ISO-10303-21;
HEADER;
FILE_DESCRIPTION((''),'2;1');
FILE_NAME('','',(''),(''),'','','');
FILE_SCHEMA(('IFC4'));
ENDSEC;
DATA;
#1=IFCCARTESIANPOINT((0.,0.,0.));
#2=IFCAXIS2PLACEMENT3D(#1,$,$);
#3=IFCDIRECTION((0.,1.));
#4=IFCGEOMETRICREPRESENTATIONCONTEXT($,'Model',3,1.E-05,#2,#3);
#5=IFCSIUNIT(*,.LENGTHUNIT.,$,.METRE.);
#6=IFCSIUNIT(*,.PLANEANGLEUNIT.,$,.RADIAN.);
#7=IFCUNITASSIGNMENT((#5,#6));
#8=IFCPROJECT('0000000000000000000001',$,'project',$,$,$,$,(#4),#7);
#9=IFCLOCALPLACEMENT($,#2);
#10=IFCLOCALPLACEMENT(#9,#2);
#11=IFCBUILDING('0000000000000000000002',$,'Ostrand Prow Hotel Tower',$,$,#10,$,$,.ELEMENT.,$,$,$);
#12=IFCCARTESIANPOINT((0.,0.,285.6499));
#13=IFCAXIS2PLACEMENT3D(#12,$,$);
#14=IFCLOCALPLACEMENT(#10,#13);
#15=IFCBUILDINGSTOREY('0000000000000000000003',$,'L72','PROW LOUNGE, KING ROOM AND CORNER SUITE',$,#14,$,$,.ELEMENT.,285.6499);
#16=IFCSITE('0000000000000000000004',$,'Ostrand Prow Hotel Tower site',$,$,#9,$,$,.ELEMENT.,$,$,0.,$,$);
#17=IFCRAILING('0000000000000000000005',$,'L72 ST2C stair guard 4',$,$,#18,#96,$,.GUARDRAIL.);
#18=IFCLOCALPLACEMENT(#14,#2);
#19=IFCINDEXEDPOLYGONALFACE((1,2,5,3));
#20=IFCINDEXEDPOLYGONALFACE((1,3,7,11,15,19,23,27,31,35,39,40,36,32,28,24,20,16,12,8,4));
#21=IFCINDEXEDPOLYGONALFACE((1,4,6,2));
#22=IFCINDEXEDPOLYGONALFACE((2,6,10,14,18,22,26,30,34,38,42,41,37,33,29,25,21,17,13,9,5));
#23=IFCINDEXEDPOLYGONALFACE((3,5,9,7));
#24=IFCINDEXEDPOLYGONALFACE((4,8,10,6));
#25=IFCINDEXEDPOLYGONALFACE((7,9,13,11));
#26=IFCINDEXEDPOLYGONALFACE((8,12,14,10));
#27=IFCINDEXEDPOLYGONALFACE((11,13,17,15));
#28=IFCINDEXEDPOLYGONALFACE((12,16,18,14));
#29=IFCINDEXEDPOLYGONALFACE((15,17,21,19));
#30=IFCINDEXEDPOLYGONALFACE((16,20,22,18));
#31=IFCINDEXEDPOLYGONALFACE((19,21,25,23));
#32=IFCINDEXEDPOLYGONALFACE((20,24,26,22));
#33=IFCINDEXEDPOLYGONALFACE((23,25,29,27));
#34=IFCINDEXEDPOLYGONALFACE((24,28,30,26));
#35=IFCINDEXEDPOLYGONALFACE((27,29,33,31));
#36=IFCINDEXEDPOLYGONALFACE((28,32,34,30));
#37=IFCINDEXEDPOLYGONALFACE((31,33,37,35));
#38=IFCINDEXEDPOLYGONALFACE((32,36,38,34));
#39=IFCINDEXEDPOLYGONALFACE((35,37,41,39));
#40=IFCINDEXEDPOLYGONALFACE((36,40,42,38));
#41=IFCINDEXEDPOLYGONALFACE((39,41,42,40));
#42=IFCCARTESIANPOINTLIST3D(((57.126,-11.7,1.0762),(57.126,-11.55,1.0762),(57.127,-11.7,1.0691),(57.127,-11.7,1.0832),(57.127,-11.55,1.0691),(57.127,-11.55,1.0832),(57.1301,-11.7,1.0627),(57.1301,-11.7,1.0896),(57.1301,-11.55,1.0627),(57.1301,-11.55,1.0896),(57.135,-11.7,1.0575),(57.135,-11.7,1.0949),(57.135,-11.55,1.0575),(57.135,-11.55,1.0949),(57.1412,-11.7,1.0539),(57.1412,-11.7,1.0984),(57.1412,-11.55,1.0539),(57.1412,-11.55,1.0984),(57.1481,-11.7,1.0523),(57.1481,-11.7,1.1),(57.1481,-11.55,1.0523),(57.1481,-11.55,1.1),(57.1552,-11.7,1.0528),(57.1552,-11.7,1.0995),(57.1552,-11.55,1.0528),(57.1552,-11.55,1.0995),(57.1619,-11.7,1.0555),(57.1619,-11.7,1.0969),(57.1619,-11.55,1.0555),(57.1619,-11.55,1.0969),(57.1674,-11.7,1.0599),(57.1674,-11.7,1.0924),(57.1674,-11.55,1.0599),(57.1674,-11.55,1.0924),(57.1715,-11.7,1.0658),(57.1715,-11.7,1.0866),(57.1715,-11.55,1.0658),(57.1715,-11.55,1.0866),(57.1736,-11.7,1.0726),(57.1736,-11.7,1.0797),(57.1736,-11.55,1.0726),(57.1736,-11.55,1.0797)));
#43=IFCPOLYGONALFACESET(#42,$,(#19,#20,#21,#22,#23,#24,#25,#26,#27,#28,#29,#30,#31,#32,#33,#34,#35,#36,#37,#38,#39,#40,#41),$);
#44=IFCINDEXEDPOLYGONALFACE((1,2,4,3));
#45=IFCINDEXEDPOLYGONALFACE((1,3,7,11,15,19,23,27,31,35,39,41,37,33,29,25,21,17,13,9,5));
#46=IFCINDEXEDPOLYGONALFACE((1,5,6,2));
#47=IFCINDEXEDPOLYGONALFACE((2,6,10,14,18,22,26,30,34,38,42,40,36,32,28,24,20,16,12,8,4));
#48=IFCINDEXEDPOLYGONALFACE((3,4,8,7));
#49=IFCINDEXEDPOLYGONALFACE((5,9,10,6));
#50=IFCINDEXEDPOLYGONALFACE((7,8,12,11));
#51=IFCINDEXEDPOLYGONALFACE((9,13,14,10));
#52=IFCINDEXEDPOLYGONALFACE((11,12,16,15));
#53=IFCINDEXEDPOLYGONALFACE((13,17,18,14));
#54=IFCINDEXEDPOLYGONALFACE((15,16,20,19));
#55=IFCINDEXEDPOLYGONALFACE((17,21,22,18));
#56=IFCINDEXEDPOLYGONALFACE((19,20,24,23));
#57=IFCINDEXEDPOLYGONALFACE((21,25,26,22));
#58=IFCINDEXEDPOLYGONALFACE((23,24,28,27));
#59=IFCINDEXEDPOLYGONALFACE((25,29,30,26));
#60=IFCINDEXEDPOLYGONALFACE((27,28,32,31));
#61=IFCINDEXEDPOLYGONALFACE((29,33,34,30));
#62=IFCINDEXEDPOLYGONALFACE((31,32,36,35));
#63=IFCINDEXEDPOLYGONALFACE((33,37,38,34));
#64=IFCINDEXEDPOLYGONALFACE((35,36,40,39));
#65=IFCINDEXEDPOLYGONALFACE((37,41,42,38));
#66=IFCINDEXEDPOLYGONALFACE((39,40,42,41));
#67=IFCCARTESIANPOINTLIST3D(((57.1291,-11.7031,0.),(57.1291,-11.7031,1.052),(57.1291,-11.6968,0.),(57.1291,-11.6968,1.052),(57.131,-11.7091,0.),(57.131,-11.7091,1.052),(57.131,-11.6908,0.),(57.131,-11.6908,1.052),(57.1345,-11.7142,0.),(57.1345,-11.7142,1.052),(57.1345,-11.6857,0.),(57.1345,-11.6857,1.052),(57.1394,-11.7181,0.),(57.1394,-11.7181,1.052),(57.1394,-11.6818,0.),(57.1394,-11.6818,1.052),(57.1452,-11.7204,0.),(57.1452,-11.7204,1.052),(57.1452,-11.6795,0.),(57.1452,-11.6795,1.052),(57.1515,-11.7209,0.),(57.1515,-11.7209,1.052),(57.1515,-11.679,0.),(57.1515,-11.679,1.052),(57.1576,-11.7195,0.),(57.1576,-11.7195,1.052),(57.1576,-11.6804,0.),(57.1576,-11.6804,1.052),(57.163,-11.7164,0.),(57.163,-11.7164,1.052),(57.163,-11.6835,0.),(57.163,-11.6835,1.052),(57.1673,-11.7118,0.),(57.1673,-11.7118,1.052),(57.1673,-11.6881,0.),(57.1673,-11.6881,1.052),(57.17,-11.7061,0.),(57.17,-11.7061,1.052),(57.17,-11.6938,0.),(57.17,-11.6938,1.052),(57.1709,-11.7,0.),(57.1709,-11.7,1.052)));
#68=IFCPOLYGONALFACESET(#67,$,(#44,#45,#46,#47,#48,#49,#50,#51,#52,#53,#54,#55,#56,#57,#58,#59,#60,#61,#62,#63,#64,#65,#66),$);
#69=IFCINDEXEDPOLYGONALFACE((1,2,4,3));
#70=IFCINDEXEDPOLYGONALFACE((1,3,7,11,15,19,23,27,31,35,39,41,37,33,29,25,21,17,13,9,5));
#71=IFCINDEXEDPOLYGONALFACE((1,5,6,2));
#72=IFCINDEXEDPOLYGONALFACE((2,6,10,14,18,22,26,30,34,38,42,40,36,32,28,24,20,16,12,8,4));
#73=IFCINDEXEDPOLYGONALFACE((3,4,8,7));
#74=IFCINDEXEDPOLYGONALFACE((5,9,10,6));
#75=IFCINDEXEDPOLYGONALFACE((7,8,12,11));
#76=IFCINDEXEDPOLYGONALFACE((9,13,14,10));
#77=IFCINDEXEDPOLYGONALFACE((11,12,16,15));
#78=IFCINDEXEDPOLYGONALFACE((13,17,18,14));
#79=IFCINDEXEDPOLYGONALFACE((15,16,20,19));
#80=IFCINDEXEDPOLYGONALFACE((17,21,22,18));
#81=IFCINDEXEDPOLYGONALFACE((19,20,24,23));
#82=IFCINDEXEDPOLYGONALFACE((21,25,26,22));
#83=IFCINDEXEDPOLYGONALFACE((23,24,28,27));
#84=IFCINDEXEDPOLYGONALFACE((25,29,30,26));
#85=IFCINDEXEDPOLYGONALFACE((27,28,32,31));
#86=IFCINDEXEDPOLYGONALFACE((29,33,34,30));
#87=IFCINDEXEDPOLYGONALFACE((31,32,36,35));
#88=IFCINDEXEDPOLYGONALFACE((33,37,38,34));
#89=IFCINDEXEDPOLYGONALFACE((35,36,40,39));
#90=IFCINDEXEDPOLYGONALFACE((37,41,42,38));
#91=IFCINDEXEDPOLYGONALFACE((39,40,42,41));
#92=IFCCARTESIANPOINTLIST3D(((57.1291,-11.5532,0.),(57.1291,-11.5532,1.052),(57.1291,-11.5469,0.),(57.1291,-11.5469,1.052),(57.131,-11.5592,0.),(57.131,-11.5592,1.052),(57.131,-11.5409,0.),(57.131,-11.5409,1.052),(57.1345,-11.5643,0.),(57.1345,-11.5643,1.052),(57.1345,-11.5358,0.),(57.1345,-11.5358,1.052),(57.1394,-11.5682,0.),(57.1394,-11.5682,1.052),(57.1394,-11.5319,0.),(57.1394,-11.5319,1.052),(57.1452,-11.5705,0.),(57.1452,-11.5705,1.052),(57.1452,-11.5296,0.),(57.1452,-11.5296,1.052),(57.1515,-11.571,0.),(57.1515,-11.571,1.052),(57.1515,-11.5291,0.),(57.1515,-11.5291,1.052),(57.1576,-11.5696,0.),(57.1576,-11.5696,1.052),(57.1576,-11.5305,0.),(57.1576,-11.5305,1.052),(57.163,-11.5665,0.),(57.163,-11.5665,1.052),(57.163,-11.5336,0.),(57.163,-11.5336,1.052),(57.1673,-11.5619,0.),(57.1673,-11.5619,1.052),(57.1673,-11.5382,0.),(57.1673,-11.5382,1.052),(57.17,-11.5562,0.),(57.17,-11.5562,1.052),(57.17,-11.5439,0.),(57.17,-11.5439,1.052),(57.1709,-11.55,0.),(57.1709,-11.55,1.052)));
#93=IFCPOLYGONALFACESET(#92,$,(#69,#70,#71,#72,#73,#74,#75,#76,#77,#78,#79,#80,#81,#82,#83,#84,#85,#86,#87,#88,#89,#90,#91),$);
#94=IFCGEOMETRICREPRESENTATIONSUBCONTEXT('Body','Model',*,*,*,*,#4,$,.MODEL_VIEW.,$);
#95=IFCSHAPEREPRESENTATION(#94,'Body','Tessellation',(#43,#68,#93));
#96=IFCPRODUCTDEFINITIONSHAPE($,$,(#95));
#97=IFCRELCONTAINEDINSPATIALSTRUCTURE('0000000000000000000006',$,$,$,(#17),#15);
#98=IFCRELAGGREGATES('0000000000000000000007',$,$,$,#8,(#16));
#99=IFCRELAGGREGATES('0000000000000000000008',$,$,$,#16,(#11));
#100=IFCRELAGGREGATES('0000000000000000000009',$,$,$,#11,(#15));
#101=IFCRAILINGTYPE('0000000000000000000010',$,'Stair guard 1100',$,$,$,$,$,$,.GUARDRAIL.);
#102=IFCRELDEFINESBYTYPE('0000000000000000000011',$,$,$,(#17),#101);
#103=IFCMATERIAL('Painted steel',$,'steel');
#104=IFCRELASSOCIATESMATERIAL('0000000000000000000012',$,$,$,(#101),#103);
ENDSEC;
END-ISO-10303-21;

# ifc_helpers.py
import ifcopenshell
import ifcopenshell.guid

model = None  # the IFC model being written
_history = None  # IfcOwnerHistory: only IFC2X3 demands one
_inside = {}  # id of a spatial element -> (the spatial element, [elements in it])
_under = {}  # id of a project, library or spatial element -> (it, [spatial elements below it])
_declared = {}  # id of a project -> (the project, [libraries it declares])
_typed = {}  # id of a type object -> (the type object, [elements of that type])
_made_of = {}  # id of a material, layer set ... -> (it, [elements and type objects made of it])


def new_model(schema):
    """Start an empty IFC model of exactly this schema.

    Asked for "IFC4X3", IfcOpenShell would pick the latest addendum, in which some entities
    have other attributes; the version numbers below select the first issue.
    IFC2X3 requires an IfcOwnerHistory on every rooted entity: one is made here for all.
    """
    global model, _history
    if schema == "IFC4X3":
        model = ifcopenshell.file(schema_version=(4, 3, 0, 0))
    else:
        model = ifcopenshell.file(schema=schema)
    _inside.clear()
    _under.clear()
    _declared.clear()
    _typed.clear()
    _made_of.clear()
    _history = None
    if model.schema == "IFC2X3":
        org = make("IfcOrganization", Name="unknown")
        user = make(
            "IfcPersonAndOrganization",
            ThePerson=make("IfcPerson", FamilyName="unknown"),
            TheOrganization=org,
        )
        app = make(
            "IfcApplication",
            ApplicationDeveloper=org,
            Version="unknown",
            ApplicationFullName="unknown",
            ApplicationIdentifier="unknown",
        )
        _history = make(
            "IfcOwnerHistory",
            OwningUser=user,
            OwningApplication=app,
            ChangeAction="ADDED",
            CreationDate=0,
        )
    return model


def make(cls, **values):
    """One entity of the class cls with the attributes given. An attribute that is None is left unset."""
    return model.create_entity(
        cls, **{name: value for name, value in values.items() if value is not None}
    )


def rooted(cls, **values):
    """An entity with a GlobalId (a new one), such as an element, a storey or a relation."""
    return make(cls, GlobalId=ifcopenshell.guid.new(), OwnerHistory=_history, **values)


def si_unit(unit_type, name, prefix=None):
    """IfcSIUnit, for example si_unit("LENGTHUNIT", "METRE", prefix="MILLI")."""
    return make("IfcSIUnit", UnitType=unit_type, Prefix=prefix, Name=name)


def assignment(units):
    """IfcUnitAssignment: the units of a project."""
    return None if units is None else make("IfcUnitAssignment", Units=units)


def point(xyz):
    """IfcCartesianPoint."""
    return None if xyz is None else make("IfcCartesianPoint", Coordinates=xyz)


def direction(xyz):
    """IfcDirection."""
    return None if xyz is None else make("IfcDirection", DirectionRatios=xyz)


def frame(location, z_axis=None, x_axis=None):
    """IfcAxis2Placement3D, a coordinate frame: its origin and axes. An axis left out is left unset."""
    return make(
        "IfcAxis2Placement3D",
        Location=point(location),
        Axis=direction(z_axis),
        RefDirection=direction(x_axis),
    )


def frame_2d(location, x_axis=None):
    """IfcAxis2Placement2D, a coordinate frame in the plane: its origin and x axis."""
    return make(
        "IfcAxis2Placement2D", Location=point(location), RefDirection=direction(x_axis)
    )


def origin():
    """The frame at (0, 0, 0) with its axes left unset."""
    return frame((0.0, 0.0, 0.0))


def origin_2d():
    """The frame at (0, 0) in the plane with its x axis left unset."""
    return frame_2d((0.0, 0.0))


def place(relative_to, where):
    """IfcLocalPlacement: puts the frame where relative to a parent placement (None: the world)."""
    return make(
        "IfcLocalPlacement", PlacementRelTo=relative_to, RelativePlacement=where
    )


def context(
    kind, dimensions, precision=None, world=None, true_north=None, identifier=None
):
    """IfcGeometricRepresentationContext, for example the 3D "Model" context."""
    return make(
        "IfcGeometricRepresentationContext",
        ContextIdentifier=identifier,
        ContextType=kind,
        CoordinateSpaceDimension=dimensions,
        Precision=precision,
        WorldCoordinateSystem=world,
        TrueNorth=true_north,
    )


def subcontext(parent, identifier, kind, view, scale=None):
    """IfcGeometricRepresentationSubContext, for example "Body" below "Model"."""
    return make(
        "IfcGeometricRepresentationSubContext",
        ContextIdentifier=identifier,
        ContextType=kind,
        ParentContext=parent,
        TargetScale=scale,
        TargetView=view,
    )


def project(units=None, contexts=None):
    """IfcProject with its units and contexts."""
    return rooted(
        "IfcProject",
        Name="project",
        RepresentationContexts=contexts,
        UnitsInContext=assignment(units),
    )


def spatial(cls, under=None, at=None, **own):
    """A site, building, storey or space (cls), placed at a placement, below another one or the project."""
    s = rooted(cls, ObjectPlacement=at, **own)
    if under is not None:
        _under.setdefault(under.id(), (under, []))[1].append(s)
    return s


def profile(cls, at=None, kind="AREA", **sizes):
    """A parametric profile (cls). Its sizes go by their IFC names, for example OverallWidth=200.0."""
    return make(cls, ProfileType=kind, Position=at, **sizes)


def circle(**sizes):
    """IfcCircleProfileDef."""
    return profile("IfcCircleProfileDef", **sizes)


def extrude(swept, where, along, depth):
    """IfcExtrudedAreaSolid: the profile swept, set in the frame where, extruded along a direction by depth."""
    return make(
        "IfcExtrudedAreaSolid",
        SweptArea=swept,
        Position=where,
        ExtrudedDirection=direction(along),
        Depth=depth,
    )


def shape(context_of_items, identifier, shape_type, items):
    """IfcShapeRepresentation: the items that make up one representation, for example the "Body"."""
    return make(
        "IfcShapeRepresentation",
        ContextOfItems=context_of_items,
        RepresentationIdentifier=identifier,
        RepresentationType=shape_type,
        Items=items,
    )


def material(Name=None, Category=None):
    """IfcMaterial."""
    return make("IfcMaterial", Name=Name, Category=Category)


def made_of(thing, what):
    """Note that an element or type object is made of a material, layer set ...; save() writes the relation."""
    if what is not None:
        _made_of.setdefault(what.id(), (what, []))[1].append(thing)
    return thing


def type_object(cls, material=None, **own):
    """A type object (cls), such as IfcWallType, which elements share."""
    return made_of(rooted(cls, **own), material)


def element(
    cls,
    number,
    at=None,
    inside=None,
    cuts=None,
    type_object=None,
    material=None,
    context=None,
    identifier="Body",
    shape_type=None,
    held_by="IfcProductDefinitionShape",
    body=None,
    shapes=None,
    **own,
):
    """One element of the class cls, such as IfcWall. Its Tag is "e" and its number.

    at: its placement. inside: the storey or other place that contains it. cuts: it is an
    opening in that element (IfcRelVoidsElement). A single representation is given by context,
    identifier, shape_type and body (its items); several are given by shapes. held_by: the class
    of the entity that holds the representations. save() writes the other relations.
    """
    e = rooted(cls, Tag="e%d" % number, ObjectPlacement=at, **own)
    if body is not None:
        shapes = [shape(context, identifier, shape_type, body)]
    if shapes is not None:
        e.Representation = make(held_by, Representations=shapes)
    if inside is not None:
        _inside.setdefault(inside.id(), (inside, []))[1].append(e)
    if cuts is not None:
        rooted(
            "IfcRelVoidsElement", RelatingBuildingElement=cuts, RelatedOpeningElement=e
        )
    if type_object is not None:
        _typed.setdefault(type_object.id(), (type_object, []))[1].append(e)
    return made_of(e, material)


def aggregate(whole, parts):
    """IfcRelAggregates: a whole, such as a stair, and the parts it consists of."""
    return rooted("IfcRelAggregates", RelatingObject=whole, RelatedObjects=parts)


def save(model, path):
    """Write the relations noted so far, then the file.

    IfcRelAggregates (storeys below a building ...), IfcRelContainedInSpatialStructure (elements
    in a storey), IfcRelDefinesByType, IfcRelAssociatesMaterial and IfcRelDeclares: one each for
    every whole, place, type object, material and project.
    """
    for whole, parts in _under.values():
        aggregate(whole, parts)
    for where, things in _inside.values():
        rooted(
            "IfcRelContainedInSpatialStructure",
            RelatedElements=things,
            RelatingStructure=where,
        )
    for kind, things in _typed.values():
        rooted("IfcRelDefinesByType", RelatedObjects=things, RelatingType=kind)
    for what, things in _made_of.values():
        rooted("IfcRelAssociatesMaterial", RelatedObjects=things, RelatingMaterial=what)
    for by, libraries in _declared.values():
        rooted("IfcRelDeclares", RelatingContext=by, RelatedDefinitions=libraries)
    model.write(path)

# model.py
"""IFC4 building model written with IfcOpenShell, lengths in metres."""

from ifc_helpers import new_model, si_unit, direction, frame, origin, origin_2d, place, context, subcontext, project, spatial, circle, extrude, material, type_object, element, save


model = new_model("IFC4")

# Units and contexts
model_context = context("Model", 3, precision=1e-05, world=origin(), true_north=direction((0.0, 1.0)))
body_context = subcontext(model_context, "Body", "Model", "MODEL_VIEW")
ifc_project = project(units=[si_unit("LENGTHUNIT", "METRE"), si_unit("PLANEANGLEUNIT", "RADIAN")], contexts=[model_context])

# Site, building, storey
site_placement = place(None, origin())
site = spatial("IfcSite", under=ifc_project, at=site_placement, Name="Ostrand Prow Hotel Tower site", CompositionType="ELEMENT", RefElevation=0.0)
building_placement = place(site_placement, origin())
building = spatial("IfcBuilding", under=site, at=building_placement, Name="Ostrand Prow Hotel Tower", CompositionType="ELEMENT")
storey_placement = place(building_placement, frame((0.0, 0.0, 285.6499)))
storey = spatial("IfcBuildingStorey", under=building, at=storey_placement, Name="L72", Description="PROW LOUNGE, KING ROOM AND CORNER SUITE", CompositionType="ELEMENT", Elevation=285.6499)

# Railing
ifc_material_1 = material(Name="Painted steel", Category="steel")
railing_type_1 = type_object("IfcRailingType", Name="Stair guard 1100", PredefinedType="GUARDRAIL", material=ifc_material_1)
railing_1_placement = place(storey_placement, frame((57.1499, -11.7, 0.0)))
element("IfcRailing", 1, at=railing_1_placement, inside=storey, type_object=railing_type_1, Name="L72 ST2C stair guard 4", PredefinedType="GUARDRAIL", context=body_context, shape_type="SweptSolid", body=[
    extrude(circle(Radius=0.0239, at=origin_2d()), frame((0.0, 0.0, 1.0762), z_axis=(0.0, 1.0, 0.0), x_axis=(-1.0, 0.0, 0.0)), (0.0, 0.0, 1.0), 0.1499),
    extrude(circle(Radius=0.021, at=origin_2d()), origin(), (0.0, 0.0, 1.0), 1.052),
    extrude(circle(Radius=0.021, at=origin_2d()), frame((0.0, 0.1499, 0.0)), (0.0, 0.0, 1.0), 1.052),
])

save(model, "model.ifc")
